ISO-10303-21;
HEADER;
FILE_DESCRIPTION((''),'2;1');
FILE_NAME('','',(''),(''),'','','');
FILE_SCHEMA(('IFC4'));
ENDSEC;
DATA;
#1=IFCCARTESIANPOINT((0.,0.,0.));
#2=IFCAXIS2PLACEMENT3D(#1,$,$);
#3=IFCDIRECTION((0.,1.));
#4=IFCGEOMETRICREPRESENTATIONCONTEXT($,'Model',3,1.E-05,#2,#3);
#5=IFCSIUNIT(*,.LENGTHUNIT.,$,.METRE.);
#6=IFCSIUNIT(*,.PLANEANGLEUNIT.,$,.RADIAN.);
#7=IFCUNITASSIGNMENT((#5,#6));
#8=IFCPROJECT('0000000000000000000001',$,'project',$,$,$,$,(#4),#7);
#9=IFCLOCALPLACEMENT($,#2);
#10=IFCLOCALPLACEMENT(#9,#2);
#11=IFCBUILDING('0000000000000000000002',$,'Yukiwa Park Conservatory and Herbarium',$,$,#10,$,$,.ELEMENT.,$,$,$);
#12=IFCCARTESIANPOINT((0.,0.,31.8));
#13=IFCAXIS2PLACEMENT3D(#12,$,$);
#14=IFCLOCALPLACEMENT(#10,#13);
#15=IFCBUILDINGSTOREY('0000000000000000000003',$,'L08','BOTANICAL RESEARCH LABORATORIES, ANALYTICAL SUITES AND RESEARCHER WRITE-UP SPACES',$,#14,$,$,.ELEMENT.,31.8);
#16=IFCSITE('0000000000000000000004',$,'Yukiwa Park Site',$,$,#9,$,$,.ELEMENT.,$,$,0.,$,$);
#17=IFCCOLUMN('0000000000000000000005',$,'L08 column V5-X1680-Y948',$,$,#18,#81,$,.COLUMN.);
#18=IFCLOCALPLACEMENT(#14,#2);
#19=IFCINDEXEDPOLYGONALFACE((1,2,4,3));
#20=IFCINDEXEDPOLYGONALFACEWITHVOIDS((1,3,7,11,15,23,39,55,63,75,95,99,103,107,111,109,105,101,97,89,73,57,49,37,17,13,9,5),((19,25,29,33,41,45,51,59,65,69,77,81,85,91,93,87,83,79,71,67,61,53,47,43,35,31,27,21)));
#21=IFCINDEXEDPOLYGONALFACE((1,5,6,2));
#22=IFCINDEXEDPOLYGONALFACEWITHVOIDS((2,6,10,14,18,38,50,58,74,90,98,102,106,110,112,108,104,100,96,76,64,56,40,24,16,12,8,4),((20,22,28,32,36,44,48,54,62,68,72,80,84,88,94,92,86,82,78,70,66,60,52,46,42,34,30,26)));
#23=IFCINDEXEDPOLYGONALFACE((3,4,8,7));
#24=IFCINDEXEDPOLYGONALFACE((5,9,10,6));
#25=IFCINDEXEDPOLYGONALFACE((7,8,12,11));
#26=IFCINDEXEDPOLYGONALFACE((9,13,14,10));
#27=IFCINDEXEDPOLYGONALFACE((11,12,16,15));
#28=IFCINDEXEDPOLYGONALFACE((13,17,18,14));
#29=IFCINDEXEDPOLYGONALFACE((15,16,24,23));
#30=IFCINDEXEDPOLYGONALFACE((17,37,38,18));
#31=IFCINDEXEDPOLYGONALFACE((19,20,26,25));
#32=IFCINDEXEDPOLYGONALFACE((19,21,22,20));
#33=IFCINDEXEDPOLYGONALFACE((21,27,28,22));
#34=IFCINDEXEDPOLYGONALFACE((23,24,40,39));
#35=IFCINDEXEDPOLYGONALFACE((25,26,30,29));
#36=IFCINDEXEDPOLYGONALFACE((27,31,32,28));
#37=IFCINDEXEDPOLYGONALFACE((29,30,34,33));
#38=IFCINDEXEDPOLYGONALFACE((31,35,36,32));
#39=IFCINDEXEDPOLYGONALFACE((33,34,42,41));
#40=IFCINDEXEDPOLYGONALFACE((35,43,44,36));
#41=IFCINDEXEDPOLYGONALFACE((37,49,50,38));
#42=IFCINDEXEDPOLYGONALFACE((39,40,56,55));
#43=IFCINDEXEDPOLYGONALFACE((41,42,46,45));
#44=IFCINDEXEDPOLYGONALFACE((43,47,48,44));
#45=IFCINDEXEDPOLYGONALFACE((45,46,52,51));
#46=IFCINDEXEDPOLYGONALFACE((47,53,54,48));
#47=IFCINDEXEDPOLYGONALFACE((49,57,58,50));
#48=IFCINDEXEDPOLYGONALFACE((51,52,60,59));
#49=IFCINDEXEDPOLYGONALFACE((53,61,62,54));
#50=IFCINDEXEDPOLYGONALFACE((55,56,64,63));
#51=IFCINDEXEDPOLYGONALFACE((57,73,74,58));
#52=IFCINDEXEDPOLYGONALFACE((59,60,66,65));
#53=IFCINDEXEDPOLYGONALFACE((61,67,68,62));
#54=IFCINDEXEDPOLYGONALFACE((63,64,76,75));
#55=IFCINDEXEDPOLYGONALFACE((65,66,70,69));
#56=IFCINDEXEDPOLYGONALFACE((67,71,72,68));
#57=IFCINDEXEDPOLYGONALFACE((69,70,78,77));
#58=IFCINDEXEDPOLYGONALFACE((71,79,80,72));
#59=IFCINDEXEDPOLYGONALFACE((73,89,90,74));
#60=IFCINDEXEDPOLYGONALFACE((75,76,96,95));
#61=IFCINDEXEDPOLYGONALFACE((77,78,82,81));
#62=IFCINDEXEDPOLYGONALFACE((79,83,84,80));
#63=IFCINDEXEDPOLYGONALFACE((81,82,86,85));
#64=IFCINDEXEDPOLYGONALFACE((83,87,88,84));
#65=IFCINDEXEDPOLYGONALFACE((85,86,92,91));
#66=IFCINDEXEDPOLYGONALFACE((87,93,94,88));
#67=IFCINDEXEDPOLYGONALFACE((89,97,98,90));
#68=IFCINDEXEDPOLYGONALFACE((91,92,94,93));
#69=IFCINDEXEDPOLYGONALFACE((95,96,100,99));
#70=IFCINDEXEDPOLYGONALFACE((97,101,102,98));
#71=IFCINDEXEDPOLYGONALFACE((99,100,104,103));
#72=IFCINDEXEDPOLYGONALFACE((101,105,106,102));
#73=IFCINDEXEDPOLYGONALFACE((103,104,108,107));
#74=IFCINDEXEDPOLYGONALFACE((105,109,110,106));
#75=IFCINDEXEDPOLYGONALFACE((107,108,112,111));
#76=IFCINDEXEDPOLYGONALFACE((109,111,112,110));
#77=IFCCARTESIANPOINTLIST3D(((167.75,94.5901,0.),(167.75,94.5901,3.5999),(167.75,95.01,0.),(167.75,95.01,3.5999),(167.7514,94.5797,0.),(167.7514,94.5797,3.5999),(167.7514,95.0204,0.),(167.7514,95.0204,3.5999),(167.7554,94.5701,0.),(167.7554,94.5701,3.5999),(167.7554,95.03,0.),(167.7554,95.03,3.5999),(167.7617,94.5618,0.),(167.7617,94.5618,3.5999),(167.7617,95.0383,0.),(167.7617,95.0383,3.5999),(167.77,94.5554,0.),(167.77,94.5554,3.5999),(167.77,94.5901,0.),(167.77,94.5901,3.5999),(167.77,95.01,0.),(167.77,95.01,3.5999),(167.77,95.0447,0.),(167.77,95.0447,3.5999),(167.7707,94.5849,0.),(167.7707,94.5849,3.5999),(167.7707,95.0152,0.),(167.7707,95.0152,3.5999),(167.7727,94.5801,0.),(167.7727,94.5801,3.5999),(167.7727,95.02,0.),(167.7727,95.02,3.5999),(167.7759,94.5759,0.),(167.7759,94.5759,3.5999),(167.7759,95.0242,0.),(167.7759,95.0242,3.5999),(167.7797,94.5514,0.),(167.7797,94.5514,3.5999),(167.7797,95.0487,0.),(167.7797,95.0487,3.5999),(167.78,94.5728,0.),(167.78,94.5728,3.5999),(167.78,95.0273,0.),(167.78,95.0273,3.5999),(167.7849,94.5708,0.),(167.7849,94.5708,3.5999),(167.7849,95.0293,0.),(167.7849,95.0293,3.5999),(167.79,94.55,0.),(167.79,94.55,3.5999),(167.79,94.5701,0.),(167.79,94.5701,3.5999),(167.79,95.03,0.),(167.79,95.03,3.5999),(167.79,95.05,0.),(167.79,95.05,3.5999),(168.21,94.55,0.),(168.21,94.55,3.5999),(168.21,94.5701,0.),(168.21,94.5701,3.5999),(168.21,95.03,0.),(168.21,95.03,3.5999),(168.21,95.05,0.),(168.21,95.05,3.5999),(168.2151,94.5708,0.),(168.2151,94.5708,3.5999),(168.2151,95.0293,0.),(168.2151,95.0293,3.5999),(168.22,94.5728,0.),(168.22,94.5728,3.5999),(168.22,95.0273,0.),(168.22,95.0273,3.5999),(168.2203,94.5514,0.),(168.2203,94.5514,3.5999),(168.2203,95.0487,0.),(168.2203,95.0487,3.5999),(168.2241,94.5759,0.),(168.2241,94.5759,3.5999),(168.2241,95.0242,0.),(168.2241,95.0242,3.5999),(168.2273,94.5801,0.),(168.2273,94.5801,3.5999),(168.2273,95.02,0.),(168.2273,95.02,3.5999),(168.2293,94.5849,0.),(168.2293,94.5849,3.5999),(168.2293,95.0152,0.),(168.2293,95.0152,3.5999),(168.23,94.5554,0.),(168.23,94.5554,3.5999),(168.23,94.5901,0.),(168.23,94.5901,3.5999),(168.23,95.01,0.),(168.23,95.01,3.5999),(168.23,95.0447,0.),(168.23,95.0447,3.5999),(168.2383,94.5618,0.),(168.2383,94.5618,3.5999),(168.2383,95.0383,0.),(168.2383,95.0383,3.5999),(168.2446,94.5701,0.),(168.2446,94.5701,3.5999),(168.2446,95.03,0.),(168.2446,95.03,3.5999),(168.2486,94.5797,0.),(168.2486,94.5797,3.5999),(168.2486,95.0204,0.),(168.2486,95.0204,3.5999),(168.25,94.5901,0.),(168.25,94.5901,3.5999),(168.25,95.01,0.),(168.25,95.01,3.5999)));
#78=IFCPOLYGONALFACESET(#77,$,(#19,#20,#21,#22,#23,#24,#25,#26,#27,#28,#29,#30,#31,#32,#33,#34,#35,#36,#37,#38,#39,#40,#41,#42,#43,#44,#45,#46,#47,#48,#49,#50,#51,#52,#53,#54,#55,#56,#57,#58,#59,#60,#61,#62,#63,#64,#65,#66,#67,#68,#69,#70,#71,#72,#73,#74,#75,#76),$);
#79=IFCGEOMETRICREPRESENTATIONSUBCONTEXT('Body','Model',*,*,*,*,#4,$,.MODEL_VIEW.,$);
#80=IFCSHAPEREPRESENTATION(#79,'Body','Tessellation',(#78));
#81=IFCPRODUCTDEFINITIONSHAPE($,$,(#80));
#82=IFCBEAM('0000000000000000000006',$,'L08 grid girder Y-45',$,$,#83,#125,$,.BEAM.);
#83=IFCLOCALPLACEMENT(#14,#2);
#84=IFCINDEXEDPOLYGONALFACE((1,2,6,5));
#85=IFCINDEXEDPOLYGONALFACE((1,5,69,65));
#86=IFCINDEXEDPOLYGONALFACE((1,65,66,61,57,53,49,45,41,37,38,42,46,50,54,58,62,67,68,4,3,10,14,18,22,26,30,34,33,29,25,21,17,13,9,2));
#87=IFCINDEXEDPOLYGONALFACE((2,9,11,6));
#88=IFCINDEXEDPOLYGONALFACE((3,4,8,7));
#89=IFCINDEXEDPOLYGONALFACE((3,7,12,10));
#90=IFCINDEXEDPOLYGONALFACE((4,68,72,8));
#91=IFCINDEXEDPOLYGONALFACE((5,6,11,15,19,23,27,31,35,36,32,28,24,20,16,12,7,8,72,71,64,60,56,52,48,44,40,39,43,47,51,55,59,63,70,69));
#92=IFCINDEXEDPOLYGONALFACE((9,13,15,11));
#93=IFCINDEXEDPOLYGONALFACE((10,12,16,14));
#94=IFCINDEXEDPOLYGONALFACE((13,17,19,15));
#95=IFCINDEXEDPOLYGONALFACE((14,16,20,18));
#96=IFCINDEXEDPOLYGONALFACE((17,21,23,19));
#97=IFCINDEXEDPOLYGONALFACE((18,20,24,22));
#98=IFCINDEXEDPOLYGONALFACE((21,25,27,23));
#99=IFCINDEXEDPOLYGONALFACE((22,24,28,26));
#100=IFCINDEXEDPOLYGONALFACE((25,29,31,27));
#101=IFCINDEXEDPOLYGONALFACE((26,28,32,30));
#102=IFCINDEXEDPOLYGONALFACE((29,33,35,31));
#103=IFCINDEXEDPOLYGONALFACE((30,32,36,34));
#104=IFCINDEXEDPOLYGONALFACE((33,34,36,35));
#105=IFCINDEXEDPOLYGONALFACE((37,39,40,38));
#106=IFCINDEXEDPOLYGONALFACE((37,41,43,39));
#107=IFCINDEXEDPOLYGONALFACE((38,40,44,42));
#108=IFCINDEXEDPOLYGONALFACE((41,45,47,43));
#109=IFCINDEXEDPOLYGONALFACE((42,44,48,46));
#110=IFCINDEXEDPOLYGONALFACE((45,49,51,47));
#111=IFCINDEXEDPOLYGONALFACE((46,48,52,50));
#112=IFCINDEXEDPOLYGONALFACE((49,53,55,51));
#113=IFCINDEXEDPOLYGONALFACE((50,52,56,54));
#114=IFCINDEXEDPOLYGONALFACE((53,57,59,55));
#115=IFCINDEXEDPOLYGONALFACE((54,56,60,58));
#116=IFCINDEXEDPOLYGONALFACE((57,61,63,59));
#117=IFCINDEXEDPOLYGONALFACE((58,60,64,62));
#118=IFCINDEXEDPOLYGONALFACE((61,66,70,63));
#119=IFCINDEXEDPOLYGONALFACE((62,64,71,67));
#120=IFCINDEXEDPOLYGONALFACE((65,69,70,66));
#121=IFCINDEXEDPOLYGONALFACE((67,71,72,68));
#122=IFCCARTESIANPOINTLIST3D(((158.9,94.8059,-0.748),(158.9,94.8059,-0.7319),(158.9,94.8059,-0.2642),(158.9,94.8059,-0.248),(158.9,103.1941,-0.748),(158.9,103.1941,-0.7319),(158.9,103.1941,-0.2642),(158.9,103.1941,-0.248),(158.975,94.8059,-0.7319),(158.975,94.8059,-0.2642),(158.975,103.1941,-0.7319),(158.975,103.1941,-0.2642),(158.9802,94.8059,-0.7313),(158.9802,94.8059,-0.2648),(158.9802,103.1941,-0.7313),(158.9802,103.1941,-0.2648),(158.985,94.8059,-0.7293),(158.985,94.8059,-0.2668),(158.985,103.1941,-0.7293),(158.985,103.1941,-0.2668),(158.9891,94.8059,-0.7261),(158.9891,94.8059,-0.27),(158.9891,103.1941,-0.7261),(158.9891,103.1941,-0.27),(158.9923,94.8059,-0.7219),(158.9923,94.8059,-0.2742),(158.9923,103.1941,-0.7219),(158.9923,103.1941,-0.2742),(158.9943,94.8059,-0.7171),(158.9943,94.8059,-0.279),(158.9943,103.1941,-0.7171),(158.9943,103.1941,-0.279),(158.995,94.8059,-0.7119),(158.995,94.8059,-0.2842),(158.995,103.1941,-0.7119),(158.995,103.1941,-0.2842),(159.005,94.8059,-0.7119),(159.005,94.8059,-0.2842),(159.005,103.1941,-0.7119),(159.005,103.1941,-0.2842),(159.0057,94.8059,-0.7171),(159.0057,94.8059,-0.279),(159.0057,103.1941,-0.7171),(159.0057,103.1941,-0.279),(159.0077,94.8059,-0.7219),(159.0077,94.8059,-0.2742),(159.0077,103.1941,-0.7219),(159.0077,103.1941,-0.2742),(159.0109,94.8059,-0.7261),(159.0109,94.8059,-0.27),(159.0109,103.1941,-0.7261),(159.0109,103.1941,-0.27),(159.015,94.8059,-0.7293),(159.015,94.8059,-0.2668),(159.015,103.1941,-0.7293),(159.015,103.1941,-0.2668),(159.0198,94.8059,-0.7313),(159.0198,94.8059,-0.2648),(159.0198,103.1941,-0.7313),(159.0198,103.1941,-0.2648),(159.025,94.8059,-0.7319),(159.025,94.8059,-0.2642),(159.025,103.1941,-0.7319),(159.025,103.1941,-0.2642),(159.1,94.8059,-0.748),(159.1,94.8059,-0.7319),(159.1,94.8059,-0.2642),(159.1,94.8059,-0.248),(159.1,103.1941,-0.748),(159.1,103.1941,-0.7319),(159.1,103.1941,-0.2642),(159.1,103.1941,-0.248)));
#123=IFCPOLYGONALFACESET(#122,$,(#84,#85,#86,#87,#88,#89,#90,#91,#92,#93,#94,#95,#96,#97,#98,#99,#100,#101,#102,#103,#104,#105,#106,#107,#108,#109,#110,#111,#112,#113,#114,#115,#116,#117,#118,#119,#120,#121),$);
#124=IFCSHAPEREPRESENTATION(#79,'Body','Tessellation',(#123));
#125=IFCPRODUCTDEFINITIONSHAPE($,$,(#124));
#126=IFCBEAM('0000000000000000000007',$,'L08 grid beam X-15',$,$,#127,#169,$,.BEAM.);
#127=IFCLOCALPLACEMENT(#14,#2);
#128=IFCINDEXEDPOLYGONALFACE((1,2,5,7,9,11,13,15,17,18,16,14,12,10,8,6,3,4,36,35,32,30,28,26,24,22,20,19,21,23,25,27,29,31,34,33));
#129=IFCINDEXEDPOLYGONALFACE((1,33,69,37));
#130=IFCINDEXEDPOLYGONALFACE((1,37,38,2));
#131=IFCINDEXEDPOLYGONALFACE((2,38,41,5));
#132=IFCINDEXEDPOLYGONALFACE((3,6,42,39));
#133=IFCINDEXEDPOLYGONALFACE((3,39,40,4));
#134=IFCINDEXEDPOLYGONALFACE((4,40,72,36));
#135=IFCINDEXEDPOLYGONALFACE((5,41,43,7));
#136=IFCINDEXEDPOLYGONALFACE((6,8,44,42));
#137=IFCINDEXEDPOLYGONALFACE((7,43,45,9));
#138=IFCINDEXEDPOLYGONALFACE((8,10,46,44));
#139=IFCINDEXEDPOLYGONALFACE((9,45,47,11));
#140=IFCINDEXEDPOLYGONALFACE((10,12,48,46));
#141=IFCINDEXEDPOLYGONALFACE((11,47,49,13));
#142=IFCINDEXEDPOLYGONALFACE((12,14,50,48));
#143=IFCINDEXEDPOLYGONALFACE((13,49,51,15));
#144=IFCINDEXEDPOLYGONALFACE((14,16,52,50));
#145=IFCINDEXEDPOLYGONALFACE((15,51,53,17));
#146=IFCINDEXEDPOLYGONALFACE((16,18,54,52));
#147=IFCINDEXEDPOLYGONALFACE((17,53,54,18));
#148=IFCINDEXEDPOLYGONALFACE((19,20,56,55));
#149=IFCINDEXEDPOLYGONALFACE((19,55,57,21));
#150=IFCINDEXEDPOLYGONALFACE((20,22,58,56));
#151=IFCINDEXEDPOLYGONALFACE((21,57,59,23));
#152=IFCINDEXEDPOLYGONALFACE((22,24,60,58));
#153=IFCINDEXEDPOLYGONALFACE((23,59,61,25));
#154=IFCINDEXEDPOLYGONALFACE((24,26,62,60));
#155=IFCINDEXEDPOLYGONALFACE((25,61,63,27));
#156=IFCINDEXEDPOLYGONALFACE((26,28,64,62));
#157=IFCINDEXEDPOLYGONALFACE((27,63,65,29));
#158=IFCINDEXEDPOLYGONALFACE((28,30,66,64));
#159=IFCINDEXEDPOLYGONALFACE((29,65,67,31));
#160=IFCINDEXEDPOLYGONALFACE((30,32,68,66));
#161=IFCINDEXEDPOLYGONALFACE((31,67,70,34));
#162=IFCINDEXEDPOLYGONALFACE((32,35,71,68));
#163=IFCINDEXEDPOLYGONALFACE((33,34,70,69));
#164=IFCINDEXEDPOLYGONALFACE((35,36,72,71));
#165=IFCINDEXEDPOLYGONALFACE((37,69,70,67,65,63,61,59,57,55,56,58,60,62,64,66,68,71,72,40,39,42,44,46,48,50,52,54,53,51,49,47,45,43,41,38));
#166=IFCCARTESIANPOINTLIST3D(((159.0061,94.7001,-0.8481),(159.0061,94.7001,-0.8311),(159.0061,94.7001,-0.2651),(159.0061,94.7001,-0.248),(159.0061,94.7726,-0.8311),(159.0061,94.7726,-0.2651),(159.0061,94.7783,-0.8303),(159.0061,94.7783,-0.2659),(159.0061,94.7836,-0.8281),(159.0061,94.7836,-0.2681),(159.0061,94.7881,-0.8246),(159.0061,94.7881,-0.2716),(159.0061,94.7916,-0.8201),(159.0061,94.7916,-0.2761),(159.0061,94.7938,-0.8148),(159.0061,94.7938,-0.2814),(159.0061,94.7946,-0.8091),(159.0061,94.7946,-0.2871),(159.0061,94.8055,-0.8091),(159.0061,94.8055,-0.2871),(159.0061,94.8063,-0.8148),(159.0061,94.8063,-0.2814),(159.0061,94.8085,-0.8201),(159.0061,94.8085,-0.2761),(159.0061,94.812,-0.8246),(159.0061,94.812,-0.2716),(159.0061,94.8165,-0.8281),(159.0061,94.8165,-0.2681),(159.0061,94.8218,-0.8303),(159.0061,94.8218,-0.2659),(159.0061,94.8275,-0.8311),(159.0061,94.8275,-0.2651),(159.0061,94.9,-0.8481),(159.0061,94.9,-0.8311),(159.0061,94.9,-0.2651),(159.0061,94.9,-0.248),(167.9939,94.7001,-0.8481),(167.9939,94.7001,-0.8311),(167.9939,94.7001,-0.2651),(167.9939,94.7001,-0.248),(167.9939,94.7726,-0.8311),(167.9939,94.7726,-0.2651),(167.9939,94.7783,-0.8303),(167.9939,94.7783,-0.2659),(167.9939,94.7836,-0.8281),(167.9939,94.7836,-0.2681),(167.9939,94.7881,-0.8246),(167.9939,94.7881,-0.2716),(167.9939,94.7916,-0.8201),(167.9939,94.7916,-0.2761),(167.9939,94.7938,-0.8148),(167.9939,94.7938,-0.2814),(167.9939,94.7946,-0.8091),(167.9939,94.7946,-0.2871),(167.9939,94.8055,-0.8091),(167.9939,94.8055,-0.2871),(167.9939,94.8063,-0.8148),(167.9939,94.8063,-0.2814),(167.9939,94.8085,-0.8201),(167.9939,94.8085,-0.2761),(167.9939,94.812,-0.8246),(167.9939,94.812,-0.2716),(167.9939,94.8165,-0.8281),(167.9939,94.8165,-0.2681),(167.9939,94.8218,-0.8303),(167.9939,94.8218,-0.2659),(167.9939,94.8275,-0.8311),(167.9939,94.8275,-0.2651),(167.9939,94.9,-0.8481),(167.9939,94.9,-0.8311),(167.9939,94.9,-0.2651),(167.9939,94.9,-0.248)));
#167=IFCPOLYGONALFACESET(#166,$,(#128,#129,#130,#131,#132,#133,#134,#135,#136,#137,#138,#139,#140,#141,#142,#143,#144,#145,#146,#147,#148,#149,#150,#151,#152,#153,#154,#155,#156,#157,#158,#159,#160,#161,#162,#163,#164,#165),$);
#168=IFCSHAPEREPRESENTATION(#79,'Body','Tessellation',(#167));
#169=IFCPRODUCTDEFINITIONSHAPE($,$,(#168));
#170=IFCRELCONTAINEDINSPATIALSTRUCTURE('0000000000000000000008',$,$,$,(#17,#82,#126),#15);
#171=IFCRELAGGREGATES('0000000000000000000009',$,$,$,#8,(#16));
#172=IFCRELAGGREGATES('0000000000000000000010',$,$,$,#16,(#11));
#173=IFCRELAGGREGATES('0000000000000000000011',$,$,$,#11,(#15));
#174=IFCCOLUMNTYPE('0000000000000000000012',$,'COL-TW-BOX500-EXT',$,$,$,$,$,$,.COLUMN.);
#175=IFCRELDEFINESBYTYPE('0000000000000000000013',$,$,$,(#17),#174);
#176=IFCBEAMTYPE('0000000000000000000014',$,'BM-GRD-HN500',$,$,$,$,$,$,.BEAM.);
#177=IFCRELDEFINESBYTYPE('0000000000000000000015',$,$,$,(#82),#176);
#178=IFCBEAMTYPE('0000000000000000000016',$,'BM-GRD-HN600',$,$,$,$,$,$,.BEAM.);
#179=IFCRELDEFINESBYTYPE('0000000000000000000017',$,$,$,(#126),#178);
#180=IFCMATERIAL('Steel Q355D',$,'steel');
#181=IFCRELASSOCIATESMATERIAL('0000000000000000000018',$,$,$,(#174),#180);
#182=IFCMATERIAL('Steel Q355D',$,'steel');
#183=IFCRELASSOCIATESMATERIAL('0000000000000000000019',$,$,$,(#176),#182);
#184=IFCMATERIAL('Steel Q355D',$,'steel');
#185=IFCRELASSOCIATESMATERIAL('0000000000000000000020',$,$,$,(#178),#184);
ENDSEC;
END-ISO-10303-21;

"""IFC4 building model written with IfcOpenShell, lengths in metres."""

from ifc_helpers import new_model, si_unit, direction, frame, origin, origin_2d, place, context, subcontext, project, spatial, hollow_rectangle, i_section, extrude, material, material_profile, profile_set, type_object, element, save


model = new_model("IFC4")

# Units and contexts
model_context = context("Model", 3, precision=1e-05, world=origin(), true_north=direction((0.0, 1.0)))
body_context = subcontext(model_context, "Body", "Model", "MODEL_VIEW")
ifc_project = project(units=[si_unit("LENGTHUNIT", "METRE"), si_unit("PLANEANGLEUNIT", "RADIAN")], contexts=[model_context])

# Site, building, storey
site_placement = place(None, origin())
site = spatial("IfcSite", under=ifc_project, at=site_placement, Name="Yukiwa Park Site", CompositionType="ELEMENT", RefElevation=0.0)
building_placement = place(site_placement, origin())
building = spatial("IfcBuilding", under=site, at=building_placement, Name="Yukiwa Park Conservatory and Herbarium", CompositionType="ELEMENT")
storey_placement = place(building_placement, frame((0.0, 0.0, 31.8)))
storey = spatial("IfcBuildingStorey", under=building, at=storey_placement, Name="L08", Description="BOTANICAL RESEARCH LABORATORIES, ANALYTICAL SUITES AND RESEARCHER WRITE-UP SPACES", CompositionType="ELEMENT", Elevation=31.8)

# Column
ifc_material_1 = material(Name="Steel Q355D", Category="steel")
ifc_material_profile_1 = material_profile(ifc_material_1, hollow_rectangle(XDim=0.5, YDim=0.5, WallThickness=0.02, InnerFilletRadius=0.02, OuterFilletRadius=0.04, at=origin_2d()), Name="BOX 500x500x20")
ifc_profile_set_1 = profile_set([ifc_material_profile_1], Name="Steel Q355D")
column_type = type_object("IfcColumnType", Name="COL-TW-BOX500-EXT", PredefinedType="COLUMN", material=ifc_profile_set_1)
column_placement = place(storey_placement, frame((168.0, 94.8, 0.0), z_axis=(0.0, 0.0, 1.0), x_axis=(1.0, 0.0, 0.0)))
element("IfcColumn", 1, at=column_placement, inside=storey, type_object=column_type, Name="L08 column V5-X1680-Y948", PredefinedType="COLUMN", context=body_context, shape_type="SweptSolid", body=[
    extrude(hollow_rectangle(XDim=0.5, YDim=0.5, WallThickness=0.02, InnerFilletRadius=0.02, OuterFilletRadius=0.04, at=origin_2d()), origin(), (0.0, 0.0, 1.0), 3.5999),
])

# Beams
ifc_material_2 = material(Name="Steel Q355D", Category="steel")
ifc_material_profile_2 = material_profile(ifc_material_2, i_section(OverallWidth=0.2, OverallDepth=0.5, WebThickness=0.01, FlangeThickness=0.0161, FilletRadius=0.02, at=origin_2d()), Name="HN 500x200x10x16")
ifc_profile_set_2 = profile_set([ifc_material_profile_2], Name="Steel Q355D")
beam_type_1 = type_object("IfcBeamType", Name="BM-GRD-HN500", PredefinedType="BEAM", material=ifc_profile_set_2)
beam_1_placement = place(storey_placement, frame((159.0, 94.8059, -0.498), z_axis=(0.0, 1.0, 0.0), x_axis=(-1.0, 0.0, 0.0)))
element("IfcBeam", 2, at=beam_1_placement, inside=storey, type_object=beam_type_1, Name="L08 grid girder Y-45", PredefinedType="BEAM", context=body_context, shape_type="SweptSolid", body=[
    extrude(i_section(OverallWidth=0.2, OverallDepth=0.5, WebThickness=0.01, FlangeThickness=0.0161, FilletRadius=0.02, at=origin_2d()), origin(), (0.0, 0.0, 1.0), 8.3882),
])
ifc_material_3 = material(Name="Steel Q355D", Category="steel")
ifc_material_profile_3 = material_profile(ifc_material_3, i_section(OverallWidth=0.2, OverallDepth=0.6001, WebThickness=0.011, FlangeThickness=0.0171, FilletRadius=0.022, at=origin_2d()), Name="HN 600x200x11x17")
ifc_profile_set_3 = profile_set([ifc_material_profile_3], Name="Steel Q355D")
beam_type_2 = type_object("IfcBeamType", Name="BM-GRD-HN600", PredefinedType="BEAM", material=ifc_profile_set_3)
beam_2_placement = place(storey_placement, frame((159.0061, 94.8, -0.5481), z_axis=(1.0, 0.0, 0.0), x_axis=(0.0, 1.0, 0.0)))
element("IfcBeam", 3, at=beam_2_placement, inside=storey, type_object=beam_type_2, Name="L08 grid beam X-15", PredefinedType="BEAM", context=body_context, shape_type="SweptSolid", body=[
    extrude(i_section(OverallWidth=0.2, OverallDepth=0.6001, WebThickness=0.011, FlangeThickness=0.0171, FilletRadius=0.022, at=origin_2d()), origin(), (0.0, 0.0, 1.0), 8.9878),
])

save(model, "model.ifc")
